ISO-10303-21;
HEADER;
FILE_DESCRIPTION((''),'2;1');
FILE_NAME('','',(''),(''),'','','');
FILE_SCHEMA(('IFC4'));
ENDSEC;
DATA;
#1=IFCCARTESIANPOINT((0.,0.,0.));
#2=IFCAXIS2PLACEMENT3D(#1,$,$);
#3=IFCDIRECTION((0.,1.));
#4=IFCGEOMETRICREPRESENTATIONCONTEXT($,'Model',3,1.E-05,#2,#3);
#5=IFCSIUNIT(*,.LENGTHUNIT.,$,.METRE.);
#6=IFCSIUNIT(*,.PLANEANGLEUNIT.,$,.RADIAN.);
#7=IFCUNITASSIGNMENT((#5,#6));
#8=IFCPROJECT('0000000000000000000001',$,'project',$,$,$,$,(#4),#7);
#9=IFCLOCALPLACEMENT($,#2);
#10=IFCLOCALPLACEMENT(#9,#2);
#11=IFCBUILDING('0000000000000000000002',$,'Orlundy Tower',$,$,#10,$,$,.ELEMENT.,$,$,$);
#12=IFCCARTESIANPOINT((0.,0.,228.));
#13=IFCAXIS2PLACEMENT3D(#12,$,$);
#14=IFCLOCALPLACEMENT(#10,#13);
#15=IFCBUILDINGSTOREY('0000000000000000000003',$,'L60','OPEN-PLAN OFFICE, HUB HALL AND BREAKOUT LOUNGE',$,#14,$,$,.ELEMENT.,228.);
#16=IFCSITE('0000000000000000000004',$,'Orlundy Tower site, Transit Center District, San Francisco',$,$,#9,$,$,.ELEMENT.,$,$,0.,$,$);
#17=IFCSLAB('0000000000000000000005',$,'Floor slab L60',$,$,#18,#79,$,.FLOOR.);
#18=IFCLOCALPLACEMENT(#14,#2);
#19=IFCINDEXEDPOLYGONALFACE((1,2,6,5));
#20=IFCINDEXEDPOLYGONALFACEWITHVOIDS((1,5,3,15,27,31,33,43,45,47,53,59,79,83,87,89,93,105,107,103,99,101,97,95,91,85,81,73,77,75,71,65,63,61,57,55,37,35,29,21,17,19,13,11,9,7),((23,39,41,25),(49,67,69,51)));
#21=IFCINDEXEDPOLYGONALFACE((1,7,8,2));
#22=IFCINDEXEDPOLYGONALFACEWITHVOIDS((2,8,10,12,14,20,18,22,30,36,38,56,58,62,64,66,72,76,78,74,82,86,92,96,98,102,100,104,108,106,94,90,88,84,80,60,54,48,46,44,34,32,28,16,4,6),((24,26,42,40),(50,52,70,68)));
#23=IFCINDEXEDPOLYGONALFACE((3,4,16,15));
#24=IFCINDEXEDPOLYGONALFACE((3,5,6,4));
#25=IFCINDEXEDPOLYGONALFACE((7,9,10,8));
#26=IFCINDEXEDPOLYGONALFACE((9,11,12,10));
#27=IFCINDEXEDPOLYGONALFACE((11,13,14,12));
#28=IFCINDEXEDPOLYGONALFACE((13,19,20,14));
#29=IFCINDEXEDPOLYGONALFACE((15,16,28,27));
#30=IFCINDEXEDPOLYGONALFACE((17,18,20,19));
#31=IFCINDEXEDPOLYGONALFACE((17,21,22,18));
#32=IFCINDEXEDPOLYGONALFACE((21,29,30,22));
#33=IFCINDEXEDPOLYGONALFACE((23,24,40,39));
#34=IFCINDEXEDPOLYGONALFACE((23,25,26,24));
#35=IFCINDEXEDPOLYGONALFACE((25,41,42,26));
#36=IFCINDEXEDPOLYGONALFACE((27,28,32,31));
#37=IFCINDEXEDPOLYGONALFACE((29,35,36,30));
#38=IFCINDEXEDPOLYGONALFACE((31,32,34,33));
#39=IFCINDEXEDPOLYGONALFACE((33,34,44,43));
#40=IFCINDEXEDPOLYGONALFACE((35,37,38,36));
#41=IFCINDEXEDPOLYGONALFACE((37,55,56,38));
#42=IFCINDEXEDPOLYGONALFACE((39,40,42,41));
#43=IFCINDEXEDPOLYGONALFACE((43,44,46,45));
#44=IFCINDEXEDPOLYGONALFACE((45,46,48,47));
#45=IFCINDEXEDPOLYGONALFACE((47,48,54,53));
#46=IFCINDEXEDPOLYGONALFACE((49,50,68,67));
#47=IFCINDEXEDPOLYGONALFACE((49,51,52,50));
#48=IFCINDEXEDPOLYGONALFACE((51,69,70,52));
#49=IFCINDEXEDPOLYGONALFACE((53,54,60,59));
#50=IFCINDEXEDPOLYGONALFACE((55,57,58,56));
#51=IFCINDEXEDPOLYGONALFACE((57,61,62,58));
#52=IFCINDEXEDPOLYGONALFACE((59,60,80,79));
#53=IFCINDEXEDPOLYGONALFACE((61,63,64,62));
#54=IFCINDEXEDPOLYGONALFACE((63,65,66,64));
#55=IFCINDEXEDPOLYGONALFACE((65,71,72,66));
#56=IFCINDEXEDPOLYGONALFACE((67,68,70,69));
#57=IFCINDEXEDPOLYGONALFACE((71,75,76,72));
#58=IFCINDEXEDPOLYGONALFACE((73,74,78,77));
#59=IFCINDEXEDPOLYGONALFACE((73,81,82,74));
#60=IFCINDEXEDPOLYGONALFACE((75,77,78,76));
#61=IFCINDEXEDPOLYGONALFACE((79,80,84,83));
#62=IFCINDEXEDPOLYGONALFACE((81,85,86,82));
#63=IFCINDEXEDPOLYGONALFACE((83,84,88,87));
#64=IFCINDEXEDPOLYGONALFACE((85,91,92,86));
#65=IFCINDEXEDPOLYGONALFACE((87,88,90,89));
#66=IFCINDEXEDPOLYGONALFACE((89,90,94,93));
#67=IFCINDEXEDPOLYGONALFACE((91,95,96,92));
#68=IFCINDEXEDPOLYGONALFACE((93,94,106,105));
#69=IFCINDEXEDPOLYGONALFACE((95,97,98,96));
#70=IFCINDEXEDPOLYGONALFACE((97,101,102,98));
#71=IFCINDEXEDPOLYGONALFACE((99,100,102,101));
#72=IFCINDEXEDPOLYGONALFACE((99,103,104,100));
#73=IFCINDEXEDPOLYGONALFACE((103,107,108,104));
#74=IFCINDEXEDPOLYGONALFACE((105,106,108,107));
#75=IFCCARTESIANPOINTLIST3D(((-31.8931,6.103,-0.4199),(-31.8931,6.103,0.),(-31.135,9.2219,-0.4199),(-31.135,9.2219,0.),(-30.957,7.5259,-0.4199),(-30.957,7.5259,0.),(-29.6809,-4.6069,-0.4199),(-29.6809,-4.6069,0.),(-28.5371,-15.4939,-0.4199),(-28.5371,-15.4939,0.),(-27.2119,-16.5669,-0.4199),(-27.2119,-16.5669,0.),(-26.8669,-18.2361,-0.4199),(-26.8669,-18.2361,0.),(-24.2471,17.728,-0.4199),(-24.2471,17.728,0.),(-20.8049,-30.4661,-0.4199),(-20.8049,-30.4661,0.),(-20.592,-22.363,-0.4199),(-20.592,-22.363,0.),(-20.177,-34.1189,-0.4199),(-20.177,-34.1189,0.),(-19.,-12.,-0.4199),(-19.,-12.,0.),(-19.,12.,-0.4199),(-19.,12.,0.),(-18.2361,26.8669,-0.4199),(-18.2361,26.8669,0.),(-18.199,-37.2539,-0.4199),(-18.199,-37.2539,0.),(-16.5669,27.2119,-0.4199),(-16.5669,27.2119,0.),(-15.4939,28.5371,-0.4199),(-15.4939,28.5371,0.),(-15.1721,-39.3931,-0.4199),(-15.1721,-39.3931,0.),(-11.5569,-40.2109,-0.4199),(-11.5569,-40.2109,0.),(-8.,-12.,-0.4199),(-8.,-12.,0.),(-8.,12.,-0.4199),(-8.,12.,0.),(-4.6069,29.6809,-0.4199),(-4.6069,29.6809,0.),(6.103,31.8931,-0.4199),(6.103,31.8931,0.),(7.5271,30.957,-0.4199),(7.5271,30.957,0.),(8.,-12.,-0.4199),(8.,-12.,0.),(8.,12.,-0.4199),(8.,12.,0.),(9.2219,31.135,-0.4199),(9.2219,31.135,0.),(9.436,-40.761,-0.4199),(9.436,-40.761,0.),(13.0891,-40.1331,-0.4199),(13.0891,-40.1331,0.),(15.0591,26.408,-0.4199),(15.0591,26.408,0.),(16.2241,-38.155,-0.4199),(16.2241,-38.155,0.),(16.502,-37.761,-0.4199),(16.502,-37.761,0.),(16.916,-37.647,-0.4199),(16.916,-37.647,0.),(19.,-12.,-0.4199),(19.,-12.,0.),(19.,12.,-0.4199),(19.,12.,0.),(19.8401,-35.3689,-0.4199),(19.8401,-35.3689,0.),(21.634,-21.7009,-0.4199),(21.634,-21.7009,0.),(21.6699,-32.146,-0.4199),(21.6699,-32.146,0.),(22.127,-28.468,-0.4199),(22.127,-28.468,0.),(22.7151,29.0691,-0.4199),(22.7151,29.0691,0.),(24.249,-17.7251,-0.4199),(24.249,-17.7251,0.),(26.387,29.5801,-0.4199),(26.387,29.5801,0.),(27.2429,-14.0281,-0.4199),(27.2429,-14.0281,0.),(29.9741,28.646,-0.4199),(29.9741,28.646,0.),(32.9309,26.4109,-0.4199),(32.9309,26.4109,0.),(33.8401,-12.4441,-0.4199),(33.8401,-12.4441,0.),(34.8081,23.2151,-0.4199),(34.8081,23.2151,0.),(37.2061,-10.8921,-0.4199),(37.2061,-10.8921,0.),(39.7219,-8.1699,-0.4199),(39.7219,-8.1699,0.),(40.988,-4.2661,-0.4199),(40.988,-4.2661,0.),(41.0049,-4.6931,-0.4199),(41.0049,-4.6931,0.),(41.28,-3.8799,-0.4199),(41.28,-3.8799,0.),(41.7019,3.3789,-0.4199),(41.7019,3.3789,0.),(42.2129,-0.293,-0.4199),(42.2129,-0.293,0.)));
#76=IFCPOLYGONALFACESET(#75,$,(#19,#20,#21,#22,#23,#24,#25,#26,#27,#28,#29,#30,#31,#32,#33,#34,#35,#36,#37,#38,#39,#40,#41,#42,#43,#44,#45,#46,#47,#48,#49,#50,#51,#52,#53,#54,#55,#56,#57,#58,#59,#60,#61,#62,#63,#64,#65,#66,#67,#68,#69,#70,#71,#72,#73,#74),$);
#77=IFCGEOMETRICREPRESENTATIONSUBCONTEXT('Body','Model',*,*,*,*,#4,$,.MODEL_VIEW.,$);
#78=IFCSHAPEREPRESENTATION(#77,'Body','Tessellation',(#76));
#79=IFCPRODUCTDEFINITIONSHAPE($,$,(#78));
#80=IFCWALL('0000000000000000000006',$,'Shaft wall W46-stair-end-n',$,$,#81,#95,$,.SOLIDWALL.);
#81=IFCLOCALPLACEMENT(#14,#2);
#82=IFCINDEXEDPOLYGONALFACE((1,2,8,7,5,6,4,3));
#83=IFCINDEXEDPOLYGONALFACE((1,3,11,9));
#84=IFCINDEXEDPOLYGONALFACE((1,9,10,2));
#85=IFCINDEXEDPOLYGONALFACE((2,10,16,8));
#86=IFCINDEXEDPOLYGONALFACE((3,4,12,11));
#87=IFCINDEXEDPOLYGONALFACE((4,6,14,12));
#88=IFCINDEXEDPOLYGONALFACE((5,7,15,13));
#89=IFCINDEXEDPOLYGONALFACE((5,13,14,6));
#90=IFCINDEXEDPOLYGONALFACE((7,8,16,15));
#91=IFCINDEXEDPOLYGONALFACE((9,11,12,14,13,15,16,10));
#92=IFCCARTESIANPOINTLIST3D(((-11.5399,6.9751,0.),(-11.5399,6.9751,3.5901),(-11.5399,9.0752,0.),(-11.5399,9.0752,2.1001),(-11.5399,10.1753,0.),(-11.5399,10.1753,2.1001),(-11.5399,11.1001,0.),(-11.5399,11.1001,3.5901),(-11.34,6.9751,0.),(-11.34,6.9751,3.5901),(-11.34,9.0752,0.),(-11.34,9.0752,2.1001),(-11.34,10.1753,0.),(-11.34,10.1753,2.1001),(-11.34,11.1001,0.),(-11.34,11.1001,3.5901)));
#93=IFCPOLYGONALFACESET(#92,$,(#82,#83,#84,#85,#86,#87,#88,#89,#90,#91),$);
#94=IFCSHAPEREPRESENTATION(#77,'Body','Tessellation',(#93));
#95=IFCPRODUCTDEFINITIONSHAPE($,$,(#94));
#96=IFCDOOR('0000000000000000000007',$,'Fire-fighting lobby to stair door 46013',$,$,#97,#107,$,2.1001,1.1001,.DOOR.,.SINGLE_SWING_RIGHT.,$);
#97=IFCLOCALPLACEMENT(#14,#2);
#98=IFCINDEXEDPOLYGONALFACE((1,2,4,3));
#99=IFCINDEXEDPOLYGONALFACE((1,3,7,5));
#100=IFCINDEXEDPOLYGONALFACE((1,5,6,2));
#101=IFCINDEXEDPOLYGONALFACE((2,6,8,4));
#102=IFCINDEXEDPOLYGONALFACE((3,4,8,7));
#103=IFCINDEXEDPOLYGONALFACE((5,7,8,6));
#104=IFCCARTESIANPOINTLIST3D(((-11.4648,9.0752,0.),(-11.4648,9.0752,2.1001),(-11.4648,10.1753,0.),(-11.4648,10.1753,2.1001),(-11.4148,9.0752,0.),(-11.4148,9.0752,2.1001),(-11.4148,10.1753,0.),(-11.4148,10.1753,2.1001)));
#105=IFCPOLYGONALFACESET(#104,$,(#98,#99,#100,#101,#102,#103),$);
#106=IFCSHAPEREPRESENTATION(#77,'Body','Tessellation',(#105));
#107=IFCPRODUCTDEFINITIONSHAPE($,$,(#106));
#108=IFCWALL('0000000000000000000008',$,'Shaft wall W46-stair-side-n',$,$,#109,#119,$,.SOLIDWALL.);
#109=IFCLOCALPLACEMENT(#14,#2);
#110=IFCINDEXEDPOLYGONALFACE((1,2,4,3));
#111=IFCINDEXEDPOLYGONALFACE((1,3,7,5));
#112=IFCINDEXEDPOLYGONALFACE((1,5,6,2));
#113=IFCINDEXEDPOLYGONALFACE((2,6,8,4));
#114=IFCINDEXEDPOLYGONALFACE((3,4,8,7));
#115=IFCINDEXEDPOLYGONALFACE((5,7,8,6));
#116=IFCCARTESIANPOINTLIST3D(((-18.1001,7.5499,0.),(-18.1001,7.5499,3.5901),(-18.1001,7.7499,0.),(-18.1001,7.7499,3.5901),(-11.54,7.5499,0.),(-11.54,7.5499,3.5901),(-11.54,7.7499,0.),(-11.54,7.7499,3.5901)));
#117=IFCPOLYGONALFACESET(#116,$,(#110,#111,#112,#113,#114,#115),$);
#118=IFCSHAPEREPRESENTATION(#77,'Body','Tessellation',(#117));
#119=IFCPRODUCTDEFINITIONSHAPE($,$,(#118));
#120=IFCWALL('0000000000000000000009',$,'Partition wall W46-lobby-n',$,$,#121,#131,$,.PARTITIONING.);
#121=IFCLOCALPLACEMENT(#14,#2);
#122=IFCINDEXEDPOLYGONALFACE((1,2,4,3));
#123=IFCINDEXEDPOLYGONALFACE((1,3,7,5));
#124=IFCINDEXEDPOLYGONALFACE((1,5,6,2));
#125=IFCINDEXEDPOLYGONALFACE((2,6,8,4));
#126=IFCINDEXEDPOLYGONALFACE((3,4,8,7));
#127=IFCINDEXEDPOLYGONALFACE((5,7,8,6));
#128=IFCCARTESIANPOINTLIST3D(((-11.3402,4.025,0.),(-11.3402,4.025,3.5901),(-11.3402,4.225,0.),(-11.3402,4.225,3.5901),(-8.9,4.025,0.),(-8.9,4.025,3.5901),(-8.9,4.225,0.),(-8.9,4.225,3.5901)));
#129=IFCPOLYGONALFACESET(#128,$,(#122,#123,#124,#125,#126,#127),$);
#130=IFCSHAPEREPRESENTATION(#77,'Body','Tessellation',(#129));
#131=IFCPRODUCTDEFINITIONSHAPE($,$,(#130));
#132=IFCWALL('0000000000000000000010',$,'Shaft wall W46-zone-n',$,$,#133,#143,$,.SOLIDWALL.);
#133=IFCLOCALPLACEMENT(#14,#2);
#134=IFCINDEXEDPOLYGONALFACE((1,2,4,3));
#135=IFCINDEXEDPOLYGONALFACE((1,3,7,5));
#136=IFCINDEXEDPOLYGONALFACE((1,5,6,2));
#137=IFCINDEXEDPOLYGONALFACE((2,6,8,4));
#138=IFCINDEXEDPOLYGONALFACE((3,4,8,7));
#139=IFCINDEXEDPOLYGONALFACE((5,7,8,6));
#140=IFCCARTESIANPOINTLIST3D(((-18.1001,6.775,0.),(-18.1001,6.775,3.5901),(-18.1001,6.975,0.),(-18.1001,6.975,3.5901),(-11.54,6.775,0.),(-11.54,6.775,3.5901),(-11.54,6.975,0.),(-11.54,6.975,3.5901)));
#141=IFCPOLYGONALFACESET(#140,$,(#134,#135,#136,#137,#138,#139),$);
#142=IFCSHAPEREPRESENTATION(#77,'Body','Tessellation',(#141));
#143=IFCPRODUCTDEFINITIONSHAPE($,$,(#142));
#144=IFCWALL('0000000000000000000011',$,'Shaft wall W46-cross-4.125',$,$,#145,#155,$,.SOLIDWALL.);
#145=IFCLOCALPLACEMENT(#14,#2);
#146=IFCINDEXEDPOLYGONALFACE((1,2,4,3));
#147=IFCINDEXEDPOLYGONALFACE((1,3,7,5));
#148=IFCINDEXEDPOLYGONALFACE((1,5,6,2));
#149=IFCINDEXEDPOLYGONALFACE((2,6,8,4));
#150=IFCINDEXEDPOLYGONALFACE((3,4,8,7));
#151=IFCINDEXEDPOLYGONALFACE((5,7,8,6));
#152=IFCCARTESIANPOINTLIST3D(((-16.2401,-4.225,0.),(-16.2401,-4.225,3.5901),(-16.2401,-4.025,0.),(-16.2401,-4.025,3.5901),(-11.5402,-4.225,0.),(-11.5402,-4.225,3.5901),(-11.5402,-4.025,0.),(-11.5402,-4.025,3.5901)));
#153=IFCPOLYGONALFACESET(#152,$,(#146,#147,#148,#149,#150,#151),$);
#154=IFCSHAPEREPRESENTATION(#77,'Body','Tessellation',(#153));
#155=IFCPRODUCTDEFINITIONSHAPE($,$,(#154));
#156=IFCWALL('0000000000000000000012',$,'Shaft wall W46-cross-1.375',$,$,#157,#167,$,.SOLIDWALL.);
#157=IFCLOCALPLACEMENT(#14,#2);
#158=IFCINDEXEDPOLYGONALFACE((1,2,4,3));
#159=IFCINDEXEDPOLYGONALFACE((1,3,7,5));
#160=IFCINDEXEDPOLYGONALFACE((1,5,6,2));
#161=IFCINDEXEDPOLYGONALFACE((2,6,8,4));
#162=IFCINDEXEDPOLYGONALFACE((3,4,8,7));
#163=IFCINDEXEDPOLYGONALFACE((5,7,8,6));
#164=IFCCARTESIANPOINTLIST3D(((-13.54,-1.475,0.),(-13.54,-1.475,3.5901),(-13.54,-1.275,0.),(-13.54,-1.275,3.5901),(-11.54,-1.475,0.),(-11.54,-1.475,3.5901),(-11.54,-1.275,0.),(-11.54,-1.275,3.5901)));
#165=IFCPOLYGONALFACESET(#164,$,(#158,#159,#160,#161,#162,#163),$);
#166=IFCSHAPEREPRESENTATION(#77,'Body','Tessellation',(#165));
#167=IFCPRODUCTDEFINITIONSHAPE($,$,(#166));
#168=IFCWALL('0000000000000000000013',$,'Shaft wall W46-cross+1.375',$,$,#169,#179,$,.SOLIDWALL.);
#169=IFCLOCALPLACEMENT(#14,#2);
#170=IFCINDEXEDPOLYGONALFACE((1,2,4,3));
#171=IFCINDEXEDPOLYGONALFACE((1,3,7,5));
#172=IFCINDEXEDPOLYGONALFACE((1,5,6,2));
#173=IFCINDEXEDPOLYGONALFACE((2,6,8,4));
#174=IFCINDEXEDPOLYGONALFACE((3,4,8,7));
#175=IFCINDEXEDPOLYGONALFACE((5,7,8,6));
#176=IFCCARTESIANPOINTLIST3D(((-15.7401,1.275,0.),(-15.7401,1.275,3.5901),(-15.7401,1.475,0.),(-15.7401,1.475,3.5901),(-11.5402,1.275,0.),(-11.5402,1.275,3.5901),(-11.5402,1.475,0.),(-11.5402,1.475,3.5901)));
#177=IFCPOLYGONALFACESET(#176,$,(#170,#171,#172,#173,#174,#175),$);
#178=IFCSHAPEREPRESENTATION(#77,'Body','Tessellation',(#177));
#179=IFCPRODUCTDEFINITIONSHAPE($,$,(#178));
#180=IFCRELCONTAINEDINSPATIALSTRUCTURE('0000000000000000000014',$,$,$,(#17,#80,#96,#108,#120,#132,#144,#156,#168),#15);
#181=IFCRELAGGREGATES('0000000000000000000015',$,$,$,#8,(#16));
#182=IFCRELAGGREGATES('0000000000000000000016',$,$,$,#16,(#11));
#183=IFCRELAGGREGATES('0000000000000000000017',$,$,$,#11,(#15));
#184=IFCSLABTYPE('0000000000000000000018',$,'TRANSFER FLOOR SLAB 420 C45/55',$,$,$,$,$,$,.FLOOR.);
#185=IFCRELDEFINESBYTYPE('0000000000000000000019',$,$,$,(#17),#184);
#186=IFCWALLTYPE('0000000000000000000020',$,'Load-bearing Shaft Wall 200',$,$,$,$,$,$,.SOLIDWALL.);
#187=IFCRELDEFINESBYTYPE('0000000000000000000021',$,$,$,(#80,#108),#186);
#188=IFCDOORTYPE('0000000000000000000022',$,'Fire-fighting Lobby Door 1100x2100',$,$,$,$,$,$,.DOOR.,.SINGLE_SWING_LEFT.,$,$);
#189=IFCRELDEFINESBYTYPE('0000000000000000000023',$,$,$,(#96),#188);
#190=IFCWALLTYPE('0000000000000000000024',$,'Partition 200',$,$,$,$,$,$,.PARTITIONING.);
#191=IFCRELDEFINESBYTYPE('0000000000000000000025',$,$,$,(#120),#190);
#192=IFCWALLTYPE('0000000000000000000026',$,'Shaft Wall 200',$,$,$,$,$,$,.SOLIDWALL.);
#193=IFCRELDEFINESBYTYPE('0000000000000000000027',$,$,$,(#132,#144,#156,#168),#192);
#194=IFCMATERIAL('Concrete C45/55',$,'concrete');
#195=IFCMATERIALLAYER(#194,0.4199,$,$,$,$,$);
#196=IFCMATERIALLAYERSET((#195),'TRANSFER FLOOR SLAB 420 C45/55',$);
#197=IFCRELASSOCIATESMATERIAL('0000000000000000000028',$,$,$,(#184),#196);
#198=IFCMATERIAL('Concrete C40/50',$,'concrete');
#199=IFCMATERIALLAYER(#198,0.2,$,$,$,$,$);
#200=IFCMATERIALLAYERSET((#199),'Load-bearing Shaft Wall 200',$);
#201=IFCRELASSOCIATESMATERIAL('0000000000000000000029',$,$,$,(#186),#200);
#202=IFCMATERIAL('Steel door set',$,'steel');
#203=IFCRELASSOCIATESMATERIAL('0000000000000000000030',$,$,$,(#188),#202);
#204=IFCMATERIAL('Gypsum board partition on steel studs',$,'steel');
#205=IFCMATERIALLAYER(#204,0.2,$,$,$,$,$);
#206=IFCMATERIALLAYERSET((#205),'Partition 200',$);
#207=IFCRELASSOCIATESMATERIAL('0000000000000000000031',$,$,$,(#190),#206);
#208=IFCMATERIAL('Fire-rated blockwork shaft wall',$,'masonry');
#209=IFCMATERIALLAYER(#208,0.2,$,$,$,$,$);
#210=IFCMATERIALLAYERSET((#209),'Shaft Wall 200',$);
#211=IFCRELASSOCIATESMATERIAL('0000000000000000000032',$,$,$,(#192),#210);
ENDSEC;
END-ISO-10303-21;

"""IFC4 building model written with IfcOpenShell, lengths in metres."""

from ifc_helpers import new_model, si_unit, direction, frame, frame_2d, origin, place, context, subcontext, project, spatial, polyline, rectangle, outline, extrude, material, layer, layer_set, type_object, element, fill, save


model = new_model("IFC4")

# Units and contexts
model_context = context("Model", 3, precision=1e-05, world=origin(), true_north=direction((0.0, 1.0)))
body_context = subcontext(model_context, "Body", "Model", "MODEL_VIEW")
ifc_project = project(units=[si_unit("LENGTHUNIT", "METRE"), si_unit("PLANEANGLEUNIT", "RADIAN")], contexts=[model_context])

# Site, building, storey
site_placement = place(None, origin())
site = spatial("IfcSite", under=ifc_project, at=site_placement, Name="Orlundy Tower site, Transit Center District, San Francisco", CompositionType="ELEMENT", RefElevation=0.0)
building_placement = place(site_placement, origin())
building = spatial("IfcBuilding", under=site, at=building_placement, Name="Orlundy Tower", CompositionType="ELEMENT")
storey_placement = place(building_placement, frame((0.0, 0.0, 228.0)))
storey = spatial("IfcBuildingStorey", under=building, at=storey_placement, Name="L60", Description="OPEN-PLAN OFFICE, HUB HALL AND BREAKOUT LOUNGE", CompositionType="ELEMENT", Elevation=228.0)

# Slab
ifc_material_1 = material(Name="Concrete C45/55", Category="concrete")
ifc_layer_1 = layer(ifc_material_1, 0.4199)
ifc_layer_set_1 = layer_set([ifc_layer_1], Name="TRANSFER FLOOR SLAB 420 C45/55")
slab_type_1 = type_object("IfcSlabType", Name="TRANSFER FLOOR SLAB 420 C45/55", PredefinedType="FLOOR", material=ifc_layer_set_1)
slab_1_placement = place(storey_placement, frame((0.0, 0.0, -0.4199)))
element("IfcSlab", 1, at=slab_1_placement, inside=storey, type_object=slab_type_1, Name="Floor slab L60", PredefinedType="FLOOR", context=body_context, shape_type="SweptSolid", body=[
    extrude(outline(polyline([(-26.8669, -18.2361), (-27.2119, -16.5669), (-28.5371, -15.4939), (-29.6809, -4.6069), (-31.8931, 6.103), (-30.957, 7.5259), (-31.135, 9.2219), (-24.2471, 17.728), (-18.2361, 26.8669), (-16.5669, 27.2119), (-15.4939, 28.5371), (-4.6069, 29.6809), (6.103, 31.8931), (7.5271, 30.957), (9.2219, 31.135), (15.0591, 26.408), (22.7151, 29.0691), (26.387, 29.5801), (29.9741, 28.646), (32.9309, 26.4109), (34.8081, 23.2151), (41.7019, 3.3789), (42.2129, -0.293), (41.28, -3.8799), (40.988, -4.2661), (41.0049, -4.6931), (39.7219, -8.1699), (37.2061, -10.8921), (33.8401, -12.4441), (27.2429, -14.0281), (24.249, -17.7251), (21.634, -21.7009), (22.127, -28.468), (21.6699, -32.146), (19.8401, -35.3689), (16.916, -37.647), (16.502, -37.761), (16.2241, -38.155), (13.0891, -40.1331), (9.436, -40.761), (-11.5569, -40.2109), (-15.1721, -39.3931), (-18.199, -37.2539), (-20.177, -34.1189), (-20.8049, -30.4661), (-20.592, -22.363), (-26.8669, -18.2361)]), holes=[polyline([(-8.0, -12.0), (-8.0, 12.0), (-19.0, 12.0), (-19.0, -12.0), (-8.0, -12.0)]), polyline([(19.0, -12.0), (19.0, 12.0), (8.0, 12.0), (8.0, -12.0), (19.0, -12.0)])]), origin(), (0.0, 0.0, 1.0), 0.4199),
])

# Wall, opening, door
ifc_material_2 = material(Name="Concrete C40/50", Category="concrete")
ifc_layer_2 = layer(ifc_material_2, 0.2)
ifc_layer_set_2 = layer_set([ifc_layer_2], Name="Load-bearing Shaft Wall 200")
wall_type_1 = type_object("IfcWallType", Name="Load-bearing Shaft Wall 200", PredefinedType="SOLIDWALL", material=ifc_layer_set_2)
wall_1_placement = place(storey_placement, frame((-11.4399, 6.9751, 0.0), z_axis=(0.0, 0.0, 1.0), x_axis=(0.0, 1.0, 0.0)))
wall_1 = element("IfcWall", 2, at=wall_1_placement, inside=storey, type_object=wall_type_1, Name="Shaft wall W46-stair-end-n", PredefinedType="SOLIDWALL", context=body_context, shape_type="SweptSolid", body=[
    extrude(rectangle(XDim=4.125, YDim=0.2, at=frame_2d((2.0625, 0.0))), origin(), (0.0, 0.0, 1.0), 3.5901),
])
opening_placement = place(wall_1_placement, frame((2.1001, 0.0, 0.0)))
opening = element("IfcOpeningElement", 3, at=opening_placement, cuts=wall_1, PredefinedType="OPENING", context=body_context, shape_type="SweptSolid", body=[
    extrude(rectangle(XDim=1.1001, YDim=2.1001, at=frame_2d((0.55, 1.05))), frame((0.0, 0.1101, 0.0), z_axis=(0.0, -1.0, 0.0), x_axis=(1.0, 0.0, 0.0)), (0.0, 0.0, 1.0), 0.2202),
])
ifc_material_3 = material(Name="Steel door set", Category="steel")
door_type = type_object("IfcDoorType", Name="Fire-fighting Lobby Door 1100x2100", OperationType="SINGLE_SWING_LEFT", PredefinedType="DOOR", material=ifc_material_3)
door_placement = place(opening_placement, origin())
door = element("IfcDoor", 4, at=door_placement, inside=storey, type_object=door_type, Name="Fire-fighting lobby to stair door 46013", OperationType="SINGLE_SWING_RIGHT", OverallHeight=2.1001, OverallWidth=1.1001, PredefinedType="DOOR", context=body_context, shape_type="SweptSolid", body=[
    extrude(rectangle(XDim=1.1001, YDim=2.1001, at=frame_2d((0.55, 1.05))), frame((0.0, 0.0249, 0.0), z_axis=(0.0, -1.0, 0.0), x_axis=(1.0, 0.0, 0.0)), (0.0, 0.0, 1.0), 0.05),
])
fill(opening, door)

# Walls
wall_2_placement = place(storey_placement, frame((-11.54, 7.6499, 0.0), z_axis=(0.0, 0.0, 1.0), x_axis=(-1.0, 0.0, 0.0)))
element("IfcWall", 5, at=wall_2_placement, inside=storey, type_object=wall_type_1, Name="Shaft wall W46-stair-side-n", PredefinedType="SOLIDWALL", context=body_context, shape_type="SweptSolid", body=[
    extrude(rectangle(XDim=6.5601, YDim=0.2, at=frame_2d((3.28, 0.0))), origin(), (0.0, 0.0, 1.0), 3.5901),
])
ifc_material_4 = material(Name="Gypsum board partition on steel studs", Category="steel")
ifc_layer_3 = layer(ifc_material_4, 0.2)
ifc_layer_set_3 = layer_set([ifc_layer_3], Name="Partition 200")
wall_type_2 = type_object("IfcWallType", Name="Partition 200", PredefinedType="PARTITIONING", material=ifc_layer_set_3)
wall_3_placement = place(storey_placement, frame((-8.8999, 4.125, 0.0), z_axis=(0.0, 0.0, 1.0), x_axis=(-1.0, 0.0, 0.0)))
element("IfcWall", 6, at=wall_3_placement, inside=storey, type_object=wall_type_2, Name="Partition wall W46-lobby-n", PredefinedType="PARTITIONING", context=body_context, shape_type="SweptSolid", body=[
    extrude(rectangle(XDim=2.4402, YDim=0.2, at=frame_2d((1.2202, 0.0))), origin(), (0.0, 0.0, 1.0), 3.5901),
])
ifc_material_5 = material(Name="Fire-rated blockwork shaft wall", Category="masonry")
ifc_layer_4 = layer(ifc_material_5, 0.2)
ifc_layer_set_4 = layer_set([ifc_layer_4], Name="Shaft Wall 200")
wall_type_3 = type_object("IfcWallType", Name="Shaft Wall 200", PredefinedType="SOLIDWALL", material=ifc_layer_set_4)
wall_4_placement = place(storey_placement, frame((-11.54, 6.875, 0.0), z_axis=(0.0, 0.0, 1.0), x_axis=(-1.0, 0.0, 0.0)))
element("IfcWall", 7, at=wall_4_placement, inside=storey, type_object=wall_type_3, Name="Shaft wall W46-zone-n", PredefinedType="SOLIDWALL", context=body_context, shape_type="SweptSolid", body=[
    extrude(rectangle(XDim=6.5601, YDim=0.2, at=frame_2d((3.28, 0.0))), origin(), (0.0, 0.0, 1.0), 3.5901),
])
wall_5_placement = place(storey_placement, frame((-11.54, -4.125, 0.0), z_axis=(0.0, 0.0, 1.0), x_axis=(-1.0, 0.0, 0.0)))
element("IfcWall", 8, at=wall_5_placement, inside=storey, type_object=wall_type_3, Name="Shaft wall W46-cross-4.125", PredefinedType="SOLIDWALL", context=body_context, shape_type="SweptSolid", body=[
    extrude(rectangle(XDim=4.7, YDim=0.2, at=frame_2d((2.3501, 0.0))), origin(), (0.0, 0.0, 1.0), 3.5901),
])
wall_6_placement = place(storey_placement, frame((-11.54, -1.375, 0.0), z_axis=(0.0, 0.0, 1.0), x_axis=(-1.0, 0.0, 0.0)))
element("IfcWall", 9, at=wall_6_placement, inside=storey, type_object=wall_type_3, Name="Shaft wall W46-cross-1.375", PredefinedType="SOLIDWALL", context=body_context, shape_type="SweptSolid", body=[
    extrude(rectangle(XDim=2.0, YDim=0.2, at=frame_2d((1.0, 0.0))), origin(), (0.0, 0.0, 1.0), 3.5901),
])
wall_7_placement = place(storey_placement, frame((-11.54, 1.375, 0.0), z_axis=(0.0, 0.0, 1.0), x_axis=(-1.0, 0.0, 0.0)))
element("IfcWall", 10, at=wall_7_placement, inside=storey, type_object=wall_type_3, Name="Shaft wall W46-cross+1.375", PredefinedType="SOLIDWALL", context=body_context, shape_type="SweptSolid", body=[
    extrude(rectangle(XDim=4.2, YDim=0.2, at=frame_2d((2.1001, 0.0))), origin(), (0.0, 0.0, 1.0), 3.5901),
])

save(model, "model.ifc")
